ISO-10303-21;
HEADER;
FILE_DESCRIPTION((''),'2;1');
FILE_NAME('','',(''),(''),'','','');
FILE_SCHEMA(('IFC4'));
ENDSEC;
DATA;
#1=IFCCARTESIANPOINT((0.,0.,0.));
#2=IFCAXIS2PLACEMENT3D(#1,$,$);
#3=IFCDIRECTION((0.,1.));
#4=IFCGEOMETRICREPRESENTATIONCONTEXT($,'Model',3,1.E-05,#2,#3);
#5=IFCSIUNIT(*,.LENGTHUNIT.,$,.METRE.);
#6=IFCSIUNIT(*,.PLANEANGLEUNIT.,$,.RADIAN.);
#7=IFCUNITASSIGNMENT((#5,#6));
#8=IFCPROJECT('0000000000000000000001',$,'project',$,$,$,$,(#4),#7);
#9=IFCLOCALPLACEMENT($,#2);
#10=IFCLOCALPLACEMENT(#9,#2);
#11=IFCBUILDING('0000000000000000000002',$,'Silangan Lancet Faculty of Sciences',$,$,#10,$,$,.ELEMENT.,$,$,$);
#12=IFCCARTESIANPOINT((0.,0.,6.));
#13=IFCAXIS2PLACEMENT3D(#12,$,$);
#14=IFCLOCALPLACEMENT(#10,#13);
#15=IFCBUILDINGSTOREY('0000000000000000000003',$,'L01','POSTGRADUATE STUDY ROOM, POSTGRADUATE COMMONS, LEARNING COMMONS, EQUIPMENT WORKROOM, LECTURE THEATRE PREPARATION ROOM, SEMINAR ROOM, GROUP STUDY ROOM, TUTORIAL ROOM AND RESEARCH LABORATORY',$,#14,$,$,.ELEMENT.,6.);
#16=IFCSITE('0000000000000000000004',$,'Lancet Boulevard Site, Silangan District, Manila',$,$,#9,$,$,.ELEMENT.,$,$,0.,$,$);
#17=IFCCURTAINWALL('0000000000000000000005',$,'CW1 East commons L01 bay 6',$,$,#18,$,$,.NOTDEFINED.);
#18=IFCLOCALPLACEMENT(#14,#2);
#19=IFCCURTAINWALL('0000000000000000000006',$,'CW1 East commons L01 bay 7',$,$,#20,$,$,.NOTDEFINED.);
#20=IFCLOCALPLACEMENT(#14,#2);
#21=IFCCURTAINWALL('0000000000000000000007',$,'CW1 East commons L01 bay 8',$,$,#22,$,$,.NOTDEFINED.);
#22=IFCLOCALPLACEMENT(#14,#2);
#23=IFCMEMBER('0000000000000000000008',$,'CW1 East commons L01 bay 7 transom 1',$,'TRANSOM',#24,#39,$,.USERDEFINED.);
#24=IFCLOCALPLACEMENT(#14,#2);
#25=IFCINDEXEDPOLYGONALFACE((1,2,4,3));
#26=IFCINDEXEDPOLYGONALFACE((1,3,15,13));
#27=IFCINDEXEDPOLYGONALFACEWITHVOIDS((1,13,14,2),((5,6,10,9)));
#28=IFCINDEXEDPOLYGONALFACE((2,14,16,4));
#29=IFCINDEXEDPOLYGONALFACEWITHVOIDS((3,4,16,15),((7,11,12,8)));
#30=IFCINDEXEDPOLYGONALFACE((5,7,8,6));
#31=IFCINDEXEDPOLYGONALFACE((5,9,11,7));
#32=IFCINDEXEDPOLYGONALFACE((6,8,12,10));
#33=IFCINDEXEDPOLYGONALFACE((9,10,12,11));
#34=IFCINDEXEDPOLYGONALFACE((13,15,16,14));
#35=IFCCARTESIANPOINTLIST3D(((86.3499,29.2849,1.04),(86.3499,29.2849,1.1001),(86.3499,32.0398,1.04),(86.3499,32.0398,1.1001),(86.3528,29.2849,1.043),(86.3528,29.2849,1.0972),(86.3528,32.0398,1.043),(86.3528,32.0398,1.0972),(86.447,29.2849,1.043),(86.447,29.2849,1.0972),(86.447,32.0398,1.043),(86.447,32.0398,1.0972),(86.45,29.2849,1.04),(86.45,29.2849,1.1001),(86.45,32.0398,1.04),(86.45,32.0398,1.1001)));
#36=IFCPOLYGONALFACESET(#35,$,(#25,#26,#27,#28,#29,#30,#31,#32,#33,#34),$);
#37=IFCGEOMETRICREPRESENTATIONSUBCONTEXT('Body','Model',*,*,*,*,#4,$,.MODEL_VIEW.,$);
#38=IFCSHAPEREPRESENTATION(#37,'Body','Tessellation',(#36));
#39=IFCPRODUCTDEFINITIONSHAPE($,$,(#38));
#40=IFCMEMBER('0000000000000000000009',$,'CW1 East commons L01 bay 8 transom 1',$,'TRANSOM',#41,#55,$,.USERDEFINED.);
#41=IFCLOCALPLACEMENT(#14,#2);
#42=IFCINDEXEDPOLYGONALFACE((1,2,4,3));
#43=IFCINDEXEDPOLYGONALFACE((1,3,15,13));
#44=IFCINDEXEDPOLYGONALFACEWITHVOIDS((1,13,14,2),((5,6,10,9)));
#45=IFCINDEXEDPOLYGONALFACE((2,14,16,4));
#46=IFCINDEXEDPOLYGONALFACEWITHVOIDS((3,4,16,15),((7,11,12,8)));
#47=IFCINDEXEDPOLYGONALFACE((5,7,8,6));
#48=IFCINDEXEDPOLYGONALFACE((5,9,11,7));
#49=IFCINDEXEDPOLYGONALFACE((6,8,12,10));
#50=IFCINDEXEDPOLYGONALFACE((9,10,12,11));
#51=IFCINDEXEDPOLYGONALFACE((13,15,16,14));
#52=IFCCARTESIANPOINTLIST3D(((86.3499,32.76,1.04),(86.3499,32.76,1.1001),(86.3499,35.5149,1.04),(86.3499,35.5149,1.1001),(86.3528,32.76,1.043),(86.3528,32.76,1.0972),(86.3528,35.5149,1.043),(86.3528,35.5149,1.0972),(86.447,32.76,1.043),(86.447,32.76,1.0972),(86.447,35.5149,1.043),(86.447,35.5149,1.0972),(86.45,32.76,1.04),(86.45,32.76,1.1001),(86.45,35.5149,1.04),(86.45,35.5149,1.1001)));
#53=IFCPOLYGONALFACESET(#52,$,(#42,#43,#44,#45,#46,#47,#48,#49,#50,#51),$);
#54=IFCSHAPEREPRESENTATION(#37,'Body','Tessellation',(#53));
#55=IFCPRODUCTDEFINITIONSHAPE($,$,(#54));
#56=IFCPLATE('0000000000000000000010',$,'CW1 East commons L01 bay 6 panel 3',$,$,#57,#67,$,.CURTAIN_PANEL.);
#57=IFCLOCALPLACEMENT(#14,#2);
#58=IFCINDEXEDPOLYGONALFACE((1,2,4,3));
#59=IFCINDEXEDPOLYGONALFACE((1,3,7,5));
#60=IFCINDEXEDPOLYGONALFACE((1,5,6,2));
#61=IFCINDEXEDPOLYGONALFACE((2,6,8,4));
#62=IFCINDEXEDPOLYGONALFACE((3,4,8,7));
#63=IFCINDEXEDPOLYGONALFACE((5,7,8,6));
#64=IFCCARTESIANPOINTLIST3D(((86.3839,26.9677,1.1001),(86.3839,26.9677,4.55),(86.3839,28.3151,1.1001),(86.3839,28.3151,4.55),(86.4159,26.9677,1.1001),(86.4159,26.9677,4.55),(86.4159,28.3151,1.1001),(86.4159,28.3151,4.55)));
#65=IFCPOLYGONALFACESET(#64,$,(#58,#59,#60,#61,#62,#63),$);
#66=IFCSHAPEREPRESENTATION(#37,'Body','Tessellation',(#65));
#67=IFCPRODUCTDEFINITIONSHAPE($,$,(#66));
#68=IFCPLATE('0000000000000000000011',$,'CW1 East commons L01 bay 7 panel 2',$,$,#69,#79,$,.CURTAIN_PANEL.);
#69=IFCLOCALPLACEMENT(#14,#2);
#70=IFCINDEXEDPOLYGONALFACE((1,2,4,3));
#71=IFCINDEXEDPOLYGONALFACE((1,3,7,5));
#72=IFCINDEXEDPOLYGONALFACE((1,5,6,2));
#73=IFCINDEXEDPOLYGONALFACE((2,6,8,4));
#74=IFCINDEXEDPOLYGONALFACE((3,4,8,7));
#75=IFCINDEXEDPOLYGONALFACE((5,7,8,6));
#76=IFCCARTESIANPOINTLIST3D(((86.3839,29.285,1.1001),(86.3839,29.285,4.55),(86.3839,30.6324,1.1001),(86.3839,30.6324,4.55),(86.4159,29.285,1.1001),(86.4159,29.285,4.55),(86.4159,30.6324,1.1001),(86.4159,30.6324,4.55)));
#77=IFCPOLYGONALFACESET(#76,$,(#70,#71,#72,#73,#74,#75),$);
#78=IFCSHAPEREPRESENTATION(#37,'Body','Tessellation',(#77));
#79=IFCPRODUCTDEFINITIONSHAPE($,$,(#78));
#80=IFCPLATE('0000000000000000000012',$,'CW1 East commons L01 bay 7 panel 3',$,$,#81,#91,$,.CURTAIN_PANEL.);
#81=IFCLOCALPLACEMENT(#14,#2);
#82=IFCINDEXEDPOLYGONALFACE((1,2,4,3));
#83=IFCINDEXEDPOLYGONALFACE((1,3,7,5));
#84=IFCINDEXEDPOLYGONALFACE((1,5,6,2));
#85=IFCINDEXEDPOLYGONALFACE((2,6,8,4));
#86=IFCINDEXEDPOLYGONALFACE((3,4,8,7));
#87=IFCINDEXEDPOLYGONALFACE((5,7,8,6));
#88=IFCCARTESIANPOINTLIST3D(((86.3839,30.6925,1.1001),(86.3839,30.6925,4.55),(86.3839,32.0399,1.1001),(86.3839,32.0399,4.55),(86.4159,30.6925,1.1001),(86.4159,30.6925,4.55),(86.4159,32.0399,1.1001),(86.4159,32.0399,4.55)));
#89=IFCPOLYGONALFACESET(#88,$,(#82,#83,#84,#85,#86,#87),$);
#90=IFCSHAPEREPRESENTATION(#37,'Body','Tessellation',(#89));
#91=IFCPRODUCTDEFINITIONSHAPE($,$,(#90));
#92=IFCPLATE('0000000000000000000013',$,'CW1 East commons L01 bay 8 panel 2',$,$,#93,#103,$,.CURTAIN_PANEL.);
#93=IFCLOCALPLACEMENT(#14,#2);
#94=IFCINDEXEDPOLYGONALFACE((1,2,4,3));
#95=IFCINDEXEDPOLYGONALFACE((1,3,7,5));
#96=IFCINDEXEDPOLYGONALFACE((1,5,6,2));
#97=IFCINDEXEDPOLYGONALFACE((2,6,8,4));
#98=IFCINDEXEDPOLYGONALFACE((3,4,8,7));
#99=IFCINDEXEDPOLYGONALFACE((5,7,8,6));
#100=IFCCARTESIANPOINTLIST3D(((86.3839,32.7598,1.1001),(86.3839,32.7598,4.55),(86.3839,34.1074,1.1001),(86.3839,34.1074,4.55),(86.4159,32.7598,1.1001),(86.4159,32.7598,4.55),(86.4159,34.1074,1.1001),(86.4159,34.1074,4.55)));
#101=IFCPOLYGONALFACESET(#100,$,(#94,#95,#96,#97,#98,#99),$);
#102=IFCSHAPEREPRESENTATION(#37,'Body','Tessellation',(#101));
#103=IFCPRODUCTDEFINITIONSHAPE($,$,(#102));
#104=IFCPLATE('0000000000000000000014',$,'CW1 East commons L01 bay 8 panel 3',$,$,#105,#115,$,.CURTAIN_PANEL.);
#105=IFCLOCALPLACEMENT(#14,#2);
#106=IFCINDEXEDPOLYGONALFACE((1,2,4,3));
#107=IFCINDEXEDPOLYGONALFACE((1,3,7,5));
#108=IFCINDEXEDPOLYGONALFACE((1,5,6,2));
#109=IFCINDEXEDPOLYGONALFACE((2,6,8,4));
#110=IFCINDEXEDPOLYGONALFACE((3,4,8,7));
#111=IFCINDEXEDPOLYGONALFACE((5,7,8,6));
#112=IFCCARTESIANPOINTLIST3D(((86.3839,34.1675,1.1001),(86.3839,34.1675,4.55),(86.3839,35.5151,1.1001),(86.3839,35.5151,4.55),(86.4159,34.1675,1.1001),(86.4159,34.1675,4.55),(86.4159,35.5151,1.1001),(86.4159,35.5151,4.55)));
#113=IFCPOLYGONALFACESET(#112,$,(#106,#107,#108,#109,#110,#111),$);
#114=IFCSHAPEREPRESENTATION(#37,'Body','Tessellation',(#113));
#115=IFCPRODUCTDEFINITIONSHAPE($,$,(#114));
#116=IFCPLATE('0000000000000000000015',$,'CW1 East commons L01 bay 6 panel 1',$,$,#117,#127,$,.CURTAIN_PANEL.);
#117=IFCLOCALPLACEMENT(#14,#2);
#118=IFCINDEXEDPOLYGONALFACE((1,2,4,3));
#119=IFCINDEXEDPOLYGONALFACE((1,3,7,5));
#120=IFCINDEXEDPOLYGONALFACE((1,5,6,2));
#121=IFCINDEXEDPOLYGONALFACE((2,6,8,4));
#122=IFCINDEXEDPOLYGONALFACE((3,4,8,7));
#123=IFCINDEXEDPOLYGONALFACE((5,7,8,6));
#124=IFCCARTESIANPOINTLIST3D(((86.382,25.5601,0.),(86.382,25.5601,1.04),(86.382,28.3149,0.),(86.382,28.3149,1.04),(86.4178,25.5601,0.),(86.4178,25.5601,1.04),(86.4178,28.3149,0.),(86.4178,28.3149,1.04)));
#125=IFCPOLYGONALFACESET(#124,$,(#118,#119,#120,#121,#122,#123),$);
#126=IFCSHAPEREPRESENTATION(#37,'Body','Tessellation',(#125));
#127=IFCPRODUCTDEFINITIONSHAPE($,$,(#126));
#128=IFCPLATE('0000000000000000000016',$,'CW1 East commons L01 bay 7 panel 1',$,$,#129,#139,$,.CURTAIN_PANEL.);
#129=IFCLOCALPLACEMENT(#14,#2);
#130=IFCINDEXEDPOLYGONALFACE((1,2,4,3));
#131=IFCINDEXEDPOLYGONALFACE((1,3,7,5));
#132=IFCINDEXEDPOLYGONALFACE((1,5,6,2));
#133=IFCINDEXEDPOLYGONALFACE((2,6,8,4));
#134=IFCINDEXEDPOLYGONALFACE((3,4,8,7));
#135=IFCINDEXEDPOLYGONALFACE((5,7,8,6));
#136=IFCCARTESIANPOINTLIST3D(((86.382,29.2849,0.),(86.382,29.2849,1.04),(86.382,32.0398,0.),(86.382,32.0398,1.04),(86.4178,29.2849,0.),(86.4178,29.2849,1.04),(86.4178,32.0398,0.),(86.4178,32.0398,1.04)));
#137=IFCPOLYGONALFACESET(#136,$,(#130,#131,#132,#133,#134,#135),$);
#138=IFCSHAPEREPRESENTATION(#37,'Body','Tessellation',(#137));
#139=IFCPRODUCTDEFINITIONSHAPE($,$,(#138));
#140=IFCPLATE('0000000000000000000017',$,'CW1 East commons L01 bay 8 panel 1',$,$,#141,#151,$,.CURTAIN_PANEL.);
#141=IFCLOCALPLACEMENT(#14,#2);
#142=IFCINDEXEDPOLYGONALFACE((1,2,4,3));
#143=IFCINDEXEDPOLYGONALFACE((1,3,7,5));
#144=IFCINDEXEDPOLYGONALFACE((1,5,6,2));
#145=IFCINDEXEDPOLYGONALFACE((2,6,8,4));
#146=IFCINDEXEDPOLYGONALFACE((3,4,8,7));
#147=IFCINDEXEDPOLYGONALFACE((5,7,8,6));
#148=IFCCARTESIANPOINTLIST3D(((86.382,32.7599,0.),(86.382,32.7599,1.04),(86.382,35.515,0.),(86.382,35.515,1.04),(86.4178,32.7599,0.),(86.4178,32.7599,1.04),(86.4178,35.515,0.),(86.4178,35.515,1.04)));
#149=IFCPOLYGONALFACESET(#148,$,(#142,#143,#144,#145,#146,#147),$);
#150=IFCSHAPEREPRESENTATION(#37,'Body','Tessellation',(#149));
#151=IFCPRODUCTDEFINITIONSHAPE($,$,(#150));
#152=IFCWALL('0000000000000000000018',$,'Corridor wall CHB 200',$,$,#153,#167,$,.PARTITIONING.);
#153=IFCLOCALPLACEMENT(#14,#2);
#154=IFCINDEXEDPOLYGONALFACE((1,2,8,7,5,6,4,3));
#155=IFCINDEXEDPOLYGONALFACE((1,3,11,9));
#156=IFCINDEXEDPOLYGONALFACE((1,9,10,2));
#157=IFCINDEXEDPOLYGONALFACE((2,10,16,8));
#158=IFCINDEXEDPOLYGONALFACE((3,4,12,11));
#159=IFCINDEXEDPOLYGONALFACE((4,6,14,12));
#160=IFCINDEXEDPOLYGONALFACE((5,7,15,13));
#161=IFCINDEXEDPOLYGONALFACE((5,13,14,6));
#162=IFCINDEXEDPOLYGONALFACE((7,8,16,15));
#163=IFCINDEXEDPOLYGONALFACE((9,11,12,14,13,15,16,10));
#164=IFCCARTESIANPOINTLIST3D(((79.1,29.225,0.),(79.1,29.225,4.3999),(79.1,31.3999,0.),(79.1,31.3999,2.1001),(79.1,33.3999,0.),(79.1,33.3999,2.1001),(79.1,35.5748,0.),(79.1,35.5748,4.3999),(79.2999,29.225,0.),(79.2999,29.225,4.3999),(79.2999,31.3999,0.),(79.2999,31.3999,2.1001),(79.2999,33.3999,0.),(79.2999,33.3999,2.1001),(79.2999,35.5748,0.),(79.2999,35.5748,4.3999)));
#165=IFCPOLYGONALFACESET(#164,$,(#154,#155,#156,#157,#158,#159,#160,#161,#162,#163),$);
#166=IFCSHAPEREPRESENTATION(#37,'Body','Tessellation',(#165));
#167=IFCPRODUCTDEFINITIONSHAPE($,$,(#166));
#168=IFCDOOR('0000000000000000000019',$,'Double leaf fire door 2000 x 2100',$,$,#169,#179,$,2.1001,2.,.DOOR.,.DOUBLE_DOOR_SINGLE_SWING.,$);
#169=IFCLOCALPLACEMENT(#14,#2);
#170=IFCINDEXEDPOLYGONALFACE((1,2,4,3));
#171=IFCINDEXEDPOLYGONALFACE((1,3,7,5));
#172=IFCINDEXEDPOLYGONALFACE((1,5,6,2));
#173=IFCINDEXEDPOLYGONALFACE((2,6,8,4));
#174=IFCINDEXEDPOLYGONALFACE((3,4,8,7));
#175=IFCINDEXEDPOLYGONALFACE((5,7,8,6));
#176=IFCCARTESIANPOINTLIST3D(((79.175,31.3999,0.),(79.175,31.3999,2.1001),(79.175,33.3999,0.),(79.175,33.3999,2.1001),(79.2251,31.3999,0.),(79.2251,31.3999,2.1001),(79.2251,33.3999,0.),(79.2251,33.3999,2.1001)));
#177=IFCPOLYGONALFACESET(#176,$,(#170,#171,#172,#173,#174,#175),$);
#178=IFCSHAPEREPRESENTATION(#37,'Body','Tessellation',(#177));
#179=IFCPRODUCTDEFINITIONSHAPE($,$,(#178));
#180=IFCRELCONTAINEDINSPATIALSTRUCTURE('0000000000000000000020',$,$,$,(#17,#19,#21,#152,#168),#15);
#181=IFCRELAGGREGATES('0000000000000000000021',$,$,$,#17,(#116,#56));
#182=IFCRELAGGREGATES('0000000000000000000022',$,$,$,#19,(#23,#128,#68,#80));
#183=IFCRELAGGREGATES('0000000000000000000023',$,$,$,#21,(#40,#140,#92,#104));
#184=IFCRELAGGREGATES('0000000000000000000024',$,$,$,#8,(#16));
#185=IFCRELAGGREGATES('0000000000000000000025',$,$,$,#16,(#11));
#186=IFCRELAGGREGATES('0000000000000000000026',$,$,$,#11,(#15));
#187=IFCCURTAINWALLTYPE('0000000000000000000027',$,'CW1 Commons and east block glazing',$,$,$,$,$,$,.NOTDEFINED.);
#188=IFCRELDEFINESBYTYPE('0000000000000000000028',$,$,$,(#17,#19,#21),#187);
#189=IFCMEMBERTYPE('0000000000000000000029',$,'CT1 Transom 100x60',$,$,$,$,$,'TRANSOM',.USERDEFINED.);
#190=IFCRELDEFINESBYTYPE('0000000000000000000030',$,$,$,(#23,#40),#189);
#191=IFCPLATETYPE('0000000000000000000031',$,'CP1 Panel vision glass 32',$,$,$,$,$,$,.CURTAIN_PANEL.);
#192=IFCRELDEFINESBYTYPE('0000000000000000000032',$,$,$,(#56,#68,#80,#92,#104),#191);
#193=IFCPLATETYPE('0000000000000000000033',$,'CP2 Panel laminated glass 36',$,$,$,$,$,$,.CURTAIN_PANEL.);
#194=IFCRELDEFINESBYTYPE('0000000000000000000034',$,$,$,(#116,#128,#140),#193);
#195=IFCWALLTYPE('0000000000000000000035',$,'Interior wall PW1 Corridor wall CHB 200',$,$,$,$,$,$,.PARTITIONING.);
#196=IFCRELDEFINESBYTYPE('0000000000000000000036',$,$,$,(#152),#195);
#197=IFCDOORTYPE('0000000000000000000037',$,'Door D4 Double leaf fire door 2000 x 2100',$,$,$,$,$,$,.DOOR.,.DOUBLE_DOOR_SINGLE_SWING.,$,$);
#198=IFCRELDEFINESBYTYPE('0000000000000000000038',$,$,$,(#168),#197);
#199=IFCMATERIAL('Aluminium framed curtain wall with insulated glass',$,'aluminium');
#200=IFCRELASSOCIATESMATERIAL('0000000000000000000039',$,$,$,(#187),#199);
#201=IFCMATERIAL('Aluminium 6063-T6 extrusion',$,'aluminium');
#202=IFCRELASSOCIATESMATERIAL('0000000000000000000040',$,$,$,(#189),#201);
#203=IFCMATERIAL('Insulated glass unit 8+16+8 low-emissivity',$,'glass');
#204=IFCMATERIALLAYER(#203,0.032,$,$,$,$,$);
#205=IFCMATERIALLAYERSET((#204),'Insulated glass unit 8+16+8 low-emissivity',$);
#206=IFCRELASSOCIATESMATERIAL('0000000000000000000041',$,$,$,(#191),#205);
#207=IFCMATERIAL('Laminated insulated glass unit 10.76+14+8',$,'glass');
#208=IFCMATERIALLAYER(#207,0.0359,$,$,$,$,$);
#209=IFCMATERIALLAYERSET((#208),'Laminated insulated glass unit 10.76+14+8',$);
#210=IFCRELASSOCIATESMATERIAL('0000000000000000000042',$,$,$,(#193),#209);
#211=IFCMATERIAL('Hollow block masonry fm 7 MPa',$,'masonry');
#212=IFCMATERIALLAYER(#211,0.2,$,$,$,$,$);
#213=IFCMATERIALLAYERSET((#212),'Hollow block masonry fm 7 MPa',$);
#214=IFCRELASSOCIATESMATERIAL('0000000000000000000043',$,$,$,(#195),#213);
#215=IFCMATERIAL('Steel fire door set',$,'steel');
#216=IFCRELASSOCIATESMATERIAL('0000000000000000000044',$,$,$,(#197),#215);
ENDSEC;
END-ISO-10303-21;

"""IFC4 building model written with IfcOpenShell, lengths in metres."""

from ifc_helpers import new_model, si_unit, direction, frame, frame_2d, origin, origin_2d, place, context, subcontext, project, spatial, rectangle, hollow_rectangle, extrude, material, layer, layer_set, material_profile, profile_set, type_object, element, fill, aggregate, save


model = new_model("IFC4")

# Units and contexts
model_context = context("Model", 3, precision=1e-05, world=origin(), true_north=direction((0.0, 1.0)))
body_context = subcontext(model_context, "Body", "Model", "MODEL_VIEW")
ifc_project = project(units=[si_unit("LENGTHUNIT", "METRE"), si_unit("PLANEANGLEUNIT", "RADIAN")], contexts=[model_context])

# Site, building, storey
site_placement = place(None, origin())
site = spatial("IfcSite", under=ifc_project, at=site_placement, Name="Lancet Boulevard Site, Silangan District, Manila", CompositionType="ELEMENT", RefElevation=0.0)
building_placement = place(site_placement, origin())
building = spatial("IfcBuilding", under=site, at=building_placement, Name="Silangan Lancet Faculty of Sciences", CompositionType="ELEMENT")
storey_placement = place(building_placement, frame((0.0, 0.0, 6.0)))
storey = spatial("IfcBuildingStorey", under=building, at=storey_placement, Name="L01", Description="POSTGRADUATE STUDY ROOM, POSTGRADUATE COMMONS, LEARNING COMMONS, EQUIPMENT WORKROOM, LECTURE THEATRE PREPARATION ROOM, SEMINAR ROOM, GROUP STUDY ROOM, TUTORIAL ROOM AND RESEARCH LABORATORY", CompositionType="ELEMENT", Elevation=6.0)

# Curtain wall
ifc_material_1 = material(Name="Aluminium framed curtain wall with insulated glass", Category="aluminium")
curtain_wall_type = type_object("IfcCurtainWallType", Name="CW1 Commons and east block glazing", PredefinedType="NOTDEFINED", material=ifc_material_1)
curtain_wall_1_placement = place(storey_placement, origin())
curtain_wall_1 = element("IfcCurtainWall", 1, at=curtain_wall_1_placement, inside=storey, type_object=curtain_wall_type, Name="CW1 East commons L01 bay 6", PredefinedType="NOTDEFINED")

# Curtain walls
curtain_wall_2_placement = place(storey_placement, origin())
curtain_wall_2 = element("IfcCurtainWall", 2, at=curtain_wall_2_placement, inside=storey, type_object=curtain_wall_type, Name="CW1 East commons L01 bay 7", PredefinedType="NOTDEFINED")
curtain_wall_3_placement = place(storey_placement, origin())
curtain_wall_3 = element("IfcCurtainWall", 3, at=curtain_wall_3_placement, inside=storey, type_object=curtain_wall_type, Name="CW1 East commons L01 bay 8", PredefinedType="NOTDEFINED")

# Members
ifc_material_2 = material(Name="Aluminium 6063-T6 extrusion", Category="aluminium")
ifc_material_profile_1 = material_profile(ifc_material_2, hollow_rectangle(XDim=0.1001, YDim=0.0601, WallThickness=0.0029, at=origin_2d()), Name="AL BOX 100x60x3")
ifc_profile_set_1 = profile_set([ifc_material_profile_1], Name="Aluminium 6063-T6 extrusion")
member_type_1 = type_object("IfcMemberType", Name="CT1 Transom 100x60", ElementType="TRANSOM", PredefinedType="USERDEFINED", material=ifc_profile_set_1)
member_1_placement = place(storey_placement, frame((86.3999, 29.2849, 1.0701), z_axis=(0.0, 1.0, 0.0), x_axis=(-1.0, 0.0, 0.0)))
member_1 = element("IfcMember", 4, at=member_1_placement, type_object=member_type_1, Name="CW1 East commons L01 bay 7 transom 1", ObjectType="TRANSOM", PredefinedType="USERDEFINED", context=body_context, shape_type="SweptSolid", body=[
    extrude(hollow_rectangle(XDim=0.1001, YDim=0.0601, WallThickness=0.0029, at=origin_2d()), origin(), (0.0, 0.0, 1.0), 2.7549),
])
member_2_placement = place(storey_placement, frame((86.3999, 32.76, 1.0701), z_axis=(0.0, 1.0, 0.0), x_axis=(-1.0, 0.0, 0.0)))
member_2 = element("IfcMember", 5, at=member_2_placement, type_object=member_type_1, Name="CW1 East commons L01 bay 8 transom 1", ObjectType="TRANSOM", PredefinedType="USERDEFINED", context=body_context, shape_type="SweptSolid", body=[
    extrude(hollow_rectangle(XDim=0.1001, YDim=0.0601, WallThickness=0.0029, at=origin_2d()), origin(), (0.0, 0.0, 1.0), 2.7549),
])

# Plates
ifc_material_3 = material(Name="Insulated glass unit 8+16+8 low-emissivity", Category="glass")
ifc_layer_1 = layer(ifc_material_3, 0.032)
ifc_layer_set_1 = layer_set([ifc_layer_1], Name="Insulated glass unit 8+16+8 low-emissivity")
plate_type_1 = type_object("IfcPlateType", Name="CP1 Panel vision glass 32", PredefinedType="CURTAIN_PANEL", material=ifc_layer_set_1)
plate_1_placement = place(storey_placement, frame((86.3999, 27.6414, 1.1001), z_axis=(0.0, 0.0, 1.0), x_axis=(0.0, 1.0, 0.0)))
plate_1 = element("IfcPlate", 6, at=plate_1_placement, type_object=plate_type_1, Name="CW1 East commons L01 bay 6 panel 3", PredefinedType="CURTAIN_PANEL", context=body_context, shape_type="SweptSolid", body=[
    extrude(rectangle(XDim=1.3474, YDim=0.032, at=origin_2d()), origin(), (0.0, 0.0, 1.0), 3.45),
])
plate_2_placement = place(storey_placement, frame((86.3999, 29.9587, 1.1001), z_axis=(0.0, 0.0, 1.0), x_axis=(0.0, 1.0, 0.0)))
plate_2 = element("IfcPlate", 7, at=plate_2_placement, type_object=plate_type_1, Name="CW1 East commons L01 bay 7 panel 2", PredefinedType="CURTAIN_PANEL", context=body_context, shape_type="SweptSolid", body=[
    extrude(rectangle(XDim=1.3474, YDim=0.032, at=origin_2d()), origin(), (0.0, 0.0, 1.0), 3.45),
])
plate_3_placement = place(storey_placement, frame((86.3999, 31.3662, 1.1001), z_axis=(0.0, 0.0, 1.0), x_axis=(0.0, 1.0, 0.0)))
plate_3 = element("IfcPlate", 8, at=plate_3_placement, type_object=plate_type_1, Name="CW1 East commons L01 bay 7 panel 3", PredefinedType="CURTAIN_PANEL", context=body_context, shape_type="SweptSolid", body=[
    extrude(rectangle(XDim=1.3474, YDim=0.032, at=origin_2d()), origin(), (0.0, 0.0, 1.0), 3.45),
])
plate_4_placement = place(storey_placement, frame((86.3999, 33.4336, 1.1001), z_axis=(0.0, 0.0, 1.0), x_axis=(0.0, 1.0, 0.0)))
plate_4 = element("IfcPlate", 9, at=plate_4_placement, type_object=plate_type_1, Name="CW1 East commons L01 bay 8 panel 2", PredefinedType="CURTAIN_PANEL", context=body_context, shape_type="SweptSolid", body=[
    extrude(rectangle(XDim=1.3477, YDim=0.032, at=origin_2d()), origin(), (0.0, 0.0, 1.0), 3.45),
])
plate_5_placement = place(storey_placement, frame((86.3999, 34.8413, 1.1001), z_axis=(0.0, 0.0, 1.0), x_axis=(0.0, 1.0, 0.0)))
plate_5 = element("IfcPlate", 10, at=plate_5_placement, type_object=plate_type_1, Name="CW1 East commons L01 bay 8 panel 3", PredefinedType="CURTAIN_PANEL", context=body_context, shape_type="SweptSolid", body=[
    extrude(rectangle(XDim=1.3477, YDim=0.032, at=origin_2d()), origin(), (0.0, 0.0, 1.0), 3.45),
])
ifc_material_4 = material(Name="Laminated insulated glass unit 10.76+14+8", Category="glass")
ifc_layer_2 = layer(ifc_material_4, 0.0359)
ifc_layer_set_2 = layer_set([ifc_layer_2], Name="Laminated insulated glass unit 10.76+14+8")
plate_type_2 = type_object("IfcPlateType", Name="CP2 Panel laminated glass 36", PredefinedType="CURTAIN_PANEL", material=ifc_layer_set_2)
plate_6_placement = place(storey_placement, frame((86.3999, 26.9375, 0.0), z_axis=(0.0, 0.0, 1.0), x_axis=(0.0, 1.0, 0.0)))
plate_6 = element("IfcPlate", 11, at=plate_6_placement, type_object=plate_type_2, Name="CW1 East commons L01 bay 6 panel 1", PredefinedType="CURTAIN_PANEL", context=body_context, shape_type="SweptSolid", body=[
    extrude(rectangle(XDim=2.7549, YDim=0.0359, at=origin_2d()), origin(), (0.0, 0.0, 1.0), 1.04),
])
aggregate(curtain_wall_1, [plate_6, plate_1])
plate_7_placement = place(storey_placement, frame((86.3999, 30.6624, 0.0), z_axis=(0.0, 0.0, 1.0), x_axis=(0.0, 1.0, 0.0)))
plate_7 = element("IfcPlate", 12, at=plate_7_placement, type_object=plate_type_2, Name="CW1 East commons L01 bay 7 panel 1", PredefinedType="CURTAIN_PANEL", context=body_context, shape_type="SweptSolid", body=[
    extrude(rectangle(XDim=2.7549, YDim=0.0359, at=origin_2d()), origin(), (0.0, 0.0, 1.0), 1.04),
])
aggregate(curtain_wall_2, [member_1, plate_7, plate_2, plate_3])
plate_8_placement = place(storey_placement, frame((86.3999, 34.1375, 0.0), z_axis=(0.0, 0.0, 1.0), x_axis=(0.0, 1.0, 0.0)))
plate_8 = element("IfcPlate", 13, at=plate_8_placement, type_object=plate_type_2, Name="CW1 East commons L01 bay 8 panel 1", PredefinedType="CURTAIN_PANEL", context=body_context, shape_type="SweptSolid", body=[
    extrude(rectangle(XDim=2.7551, YDim=0.0359, at=origin_2d()), origin(), (0.0, 0.0, 1.0), 1.04),
])
aggregate(curtain_wall_3, [member_2, plate_8, plate_4, plate_5])

# Wall, opening, door
ifc_material_5 = material(Name="Hollow block masonry fm 7 MPa", Category="masonry")
ifc_layer_3 = layer(ifc_material_5, 0.2)
ifc_layer_set_3 = layer_set([ifc_layer_3], Name="Hollow block masonry fm 7 MPa")
wall_type_1 = type_object("IfcWallType", Name="Interior wall PW1 Corridor wall CHB 200", PredefinedType="PARTITIONING", material=ifc_layer_set_3)
wall_1_placement = place(storey_placement, frame((79.2, 29.2251, 0.0), z_axis=(0.0, 0.0, 1.0), x_axis=(0.0, 1.0, 0.0)))
wall_1 = element("IfcWall", 14, at=wall_1_placement, inside=storey, type_object=wall_type_1, Name="Corridor wall CHB 200", PredefinedType="PARTITIONING", context=body_context, shape_type="SweptSolid", body=[
    extrude(rectangle(XDim=6.3499, YDim=0.2, at=frame_2d((3.1748, 0.0))), origin(), (0.0, 0.0, 1.0), 4.3999),
])
opening_placement = place(wall_1_placement, frame((2.1748, 0.0, 0.0)))
opening = element("IfcOpeningElement", 15, at=opening_placement, cuts=wall_1, PredefinedType="OPENING", context=body_context, shape_type="SweptSolid", body=[
    extrude(rectangle(XDim=2.0, YDim=2.1001, at=frame_2d((1.0, 1.05))), frame((0.0, 0.1099, 0.0), z_axis=(0.0, -1.0, 0.0), x_axis=(1.0, 0.0, 0.0)), (0.0, 0.0, 1.0), 0.22),
])
ifc_material_6 = material(Name="Steel fire door set", Category="steel")
door_type = type_object("IfcDoorType", Name="Door D4 Double leaf fire door 2000 x 2100", OperationType="DOUBLE_DOOR_SINGLE_SWING", PredefinedType="DOOR", material=ifc_material_6)
door_placement = place(opening_placement, origin())
door = element("IfcDoor", 16, at=door_placement, inside=storey, type_object=door_type, Name="Double leaf fire door 2000 x 2100", OperationType="DOUBLE_DOOR_SINGLE_SWING", OverallHeight=2.1001, OverallWidth=2.0, PredefinedType="DOOR", context=body_context, shape_type="SweptSolid", body=[
    extrude(rectangle(XDim=2.0, YDim=2.1001, at=frame_2d((1.0, 1.05))), frame((0.0, 0.0249, 0.0), z_axis=(0.0, -1.0, 0.0), x_axis=(1.0, 0.0, 0.0)), (0.0, 0.0, 1.0), 0.05),
])
fill(opening, door)

save(model, "model.ifc")
